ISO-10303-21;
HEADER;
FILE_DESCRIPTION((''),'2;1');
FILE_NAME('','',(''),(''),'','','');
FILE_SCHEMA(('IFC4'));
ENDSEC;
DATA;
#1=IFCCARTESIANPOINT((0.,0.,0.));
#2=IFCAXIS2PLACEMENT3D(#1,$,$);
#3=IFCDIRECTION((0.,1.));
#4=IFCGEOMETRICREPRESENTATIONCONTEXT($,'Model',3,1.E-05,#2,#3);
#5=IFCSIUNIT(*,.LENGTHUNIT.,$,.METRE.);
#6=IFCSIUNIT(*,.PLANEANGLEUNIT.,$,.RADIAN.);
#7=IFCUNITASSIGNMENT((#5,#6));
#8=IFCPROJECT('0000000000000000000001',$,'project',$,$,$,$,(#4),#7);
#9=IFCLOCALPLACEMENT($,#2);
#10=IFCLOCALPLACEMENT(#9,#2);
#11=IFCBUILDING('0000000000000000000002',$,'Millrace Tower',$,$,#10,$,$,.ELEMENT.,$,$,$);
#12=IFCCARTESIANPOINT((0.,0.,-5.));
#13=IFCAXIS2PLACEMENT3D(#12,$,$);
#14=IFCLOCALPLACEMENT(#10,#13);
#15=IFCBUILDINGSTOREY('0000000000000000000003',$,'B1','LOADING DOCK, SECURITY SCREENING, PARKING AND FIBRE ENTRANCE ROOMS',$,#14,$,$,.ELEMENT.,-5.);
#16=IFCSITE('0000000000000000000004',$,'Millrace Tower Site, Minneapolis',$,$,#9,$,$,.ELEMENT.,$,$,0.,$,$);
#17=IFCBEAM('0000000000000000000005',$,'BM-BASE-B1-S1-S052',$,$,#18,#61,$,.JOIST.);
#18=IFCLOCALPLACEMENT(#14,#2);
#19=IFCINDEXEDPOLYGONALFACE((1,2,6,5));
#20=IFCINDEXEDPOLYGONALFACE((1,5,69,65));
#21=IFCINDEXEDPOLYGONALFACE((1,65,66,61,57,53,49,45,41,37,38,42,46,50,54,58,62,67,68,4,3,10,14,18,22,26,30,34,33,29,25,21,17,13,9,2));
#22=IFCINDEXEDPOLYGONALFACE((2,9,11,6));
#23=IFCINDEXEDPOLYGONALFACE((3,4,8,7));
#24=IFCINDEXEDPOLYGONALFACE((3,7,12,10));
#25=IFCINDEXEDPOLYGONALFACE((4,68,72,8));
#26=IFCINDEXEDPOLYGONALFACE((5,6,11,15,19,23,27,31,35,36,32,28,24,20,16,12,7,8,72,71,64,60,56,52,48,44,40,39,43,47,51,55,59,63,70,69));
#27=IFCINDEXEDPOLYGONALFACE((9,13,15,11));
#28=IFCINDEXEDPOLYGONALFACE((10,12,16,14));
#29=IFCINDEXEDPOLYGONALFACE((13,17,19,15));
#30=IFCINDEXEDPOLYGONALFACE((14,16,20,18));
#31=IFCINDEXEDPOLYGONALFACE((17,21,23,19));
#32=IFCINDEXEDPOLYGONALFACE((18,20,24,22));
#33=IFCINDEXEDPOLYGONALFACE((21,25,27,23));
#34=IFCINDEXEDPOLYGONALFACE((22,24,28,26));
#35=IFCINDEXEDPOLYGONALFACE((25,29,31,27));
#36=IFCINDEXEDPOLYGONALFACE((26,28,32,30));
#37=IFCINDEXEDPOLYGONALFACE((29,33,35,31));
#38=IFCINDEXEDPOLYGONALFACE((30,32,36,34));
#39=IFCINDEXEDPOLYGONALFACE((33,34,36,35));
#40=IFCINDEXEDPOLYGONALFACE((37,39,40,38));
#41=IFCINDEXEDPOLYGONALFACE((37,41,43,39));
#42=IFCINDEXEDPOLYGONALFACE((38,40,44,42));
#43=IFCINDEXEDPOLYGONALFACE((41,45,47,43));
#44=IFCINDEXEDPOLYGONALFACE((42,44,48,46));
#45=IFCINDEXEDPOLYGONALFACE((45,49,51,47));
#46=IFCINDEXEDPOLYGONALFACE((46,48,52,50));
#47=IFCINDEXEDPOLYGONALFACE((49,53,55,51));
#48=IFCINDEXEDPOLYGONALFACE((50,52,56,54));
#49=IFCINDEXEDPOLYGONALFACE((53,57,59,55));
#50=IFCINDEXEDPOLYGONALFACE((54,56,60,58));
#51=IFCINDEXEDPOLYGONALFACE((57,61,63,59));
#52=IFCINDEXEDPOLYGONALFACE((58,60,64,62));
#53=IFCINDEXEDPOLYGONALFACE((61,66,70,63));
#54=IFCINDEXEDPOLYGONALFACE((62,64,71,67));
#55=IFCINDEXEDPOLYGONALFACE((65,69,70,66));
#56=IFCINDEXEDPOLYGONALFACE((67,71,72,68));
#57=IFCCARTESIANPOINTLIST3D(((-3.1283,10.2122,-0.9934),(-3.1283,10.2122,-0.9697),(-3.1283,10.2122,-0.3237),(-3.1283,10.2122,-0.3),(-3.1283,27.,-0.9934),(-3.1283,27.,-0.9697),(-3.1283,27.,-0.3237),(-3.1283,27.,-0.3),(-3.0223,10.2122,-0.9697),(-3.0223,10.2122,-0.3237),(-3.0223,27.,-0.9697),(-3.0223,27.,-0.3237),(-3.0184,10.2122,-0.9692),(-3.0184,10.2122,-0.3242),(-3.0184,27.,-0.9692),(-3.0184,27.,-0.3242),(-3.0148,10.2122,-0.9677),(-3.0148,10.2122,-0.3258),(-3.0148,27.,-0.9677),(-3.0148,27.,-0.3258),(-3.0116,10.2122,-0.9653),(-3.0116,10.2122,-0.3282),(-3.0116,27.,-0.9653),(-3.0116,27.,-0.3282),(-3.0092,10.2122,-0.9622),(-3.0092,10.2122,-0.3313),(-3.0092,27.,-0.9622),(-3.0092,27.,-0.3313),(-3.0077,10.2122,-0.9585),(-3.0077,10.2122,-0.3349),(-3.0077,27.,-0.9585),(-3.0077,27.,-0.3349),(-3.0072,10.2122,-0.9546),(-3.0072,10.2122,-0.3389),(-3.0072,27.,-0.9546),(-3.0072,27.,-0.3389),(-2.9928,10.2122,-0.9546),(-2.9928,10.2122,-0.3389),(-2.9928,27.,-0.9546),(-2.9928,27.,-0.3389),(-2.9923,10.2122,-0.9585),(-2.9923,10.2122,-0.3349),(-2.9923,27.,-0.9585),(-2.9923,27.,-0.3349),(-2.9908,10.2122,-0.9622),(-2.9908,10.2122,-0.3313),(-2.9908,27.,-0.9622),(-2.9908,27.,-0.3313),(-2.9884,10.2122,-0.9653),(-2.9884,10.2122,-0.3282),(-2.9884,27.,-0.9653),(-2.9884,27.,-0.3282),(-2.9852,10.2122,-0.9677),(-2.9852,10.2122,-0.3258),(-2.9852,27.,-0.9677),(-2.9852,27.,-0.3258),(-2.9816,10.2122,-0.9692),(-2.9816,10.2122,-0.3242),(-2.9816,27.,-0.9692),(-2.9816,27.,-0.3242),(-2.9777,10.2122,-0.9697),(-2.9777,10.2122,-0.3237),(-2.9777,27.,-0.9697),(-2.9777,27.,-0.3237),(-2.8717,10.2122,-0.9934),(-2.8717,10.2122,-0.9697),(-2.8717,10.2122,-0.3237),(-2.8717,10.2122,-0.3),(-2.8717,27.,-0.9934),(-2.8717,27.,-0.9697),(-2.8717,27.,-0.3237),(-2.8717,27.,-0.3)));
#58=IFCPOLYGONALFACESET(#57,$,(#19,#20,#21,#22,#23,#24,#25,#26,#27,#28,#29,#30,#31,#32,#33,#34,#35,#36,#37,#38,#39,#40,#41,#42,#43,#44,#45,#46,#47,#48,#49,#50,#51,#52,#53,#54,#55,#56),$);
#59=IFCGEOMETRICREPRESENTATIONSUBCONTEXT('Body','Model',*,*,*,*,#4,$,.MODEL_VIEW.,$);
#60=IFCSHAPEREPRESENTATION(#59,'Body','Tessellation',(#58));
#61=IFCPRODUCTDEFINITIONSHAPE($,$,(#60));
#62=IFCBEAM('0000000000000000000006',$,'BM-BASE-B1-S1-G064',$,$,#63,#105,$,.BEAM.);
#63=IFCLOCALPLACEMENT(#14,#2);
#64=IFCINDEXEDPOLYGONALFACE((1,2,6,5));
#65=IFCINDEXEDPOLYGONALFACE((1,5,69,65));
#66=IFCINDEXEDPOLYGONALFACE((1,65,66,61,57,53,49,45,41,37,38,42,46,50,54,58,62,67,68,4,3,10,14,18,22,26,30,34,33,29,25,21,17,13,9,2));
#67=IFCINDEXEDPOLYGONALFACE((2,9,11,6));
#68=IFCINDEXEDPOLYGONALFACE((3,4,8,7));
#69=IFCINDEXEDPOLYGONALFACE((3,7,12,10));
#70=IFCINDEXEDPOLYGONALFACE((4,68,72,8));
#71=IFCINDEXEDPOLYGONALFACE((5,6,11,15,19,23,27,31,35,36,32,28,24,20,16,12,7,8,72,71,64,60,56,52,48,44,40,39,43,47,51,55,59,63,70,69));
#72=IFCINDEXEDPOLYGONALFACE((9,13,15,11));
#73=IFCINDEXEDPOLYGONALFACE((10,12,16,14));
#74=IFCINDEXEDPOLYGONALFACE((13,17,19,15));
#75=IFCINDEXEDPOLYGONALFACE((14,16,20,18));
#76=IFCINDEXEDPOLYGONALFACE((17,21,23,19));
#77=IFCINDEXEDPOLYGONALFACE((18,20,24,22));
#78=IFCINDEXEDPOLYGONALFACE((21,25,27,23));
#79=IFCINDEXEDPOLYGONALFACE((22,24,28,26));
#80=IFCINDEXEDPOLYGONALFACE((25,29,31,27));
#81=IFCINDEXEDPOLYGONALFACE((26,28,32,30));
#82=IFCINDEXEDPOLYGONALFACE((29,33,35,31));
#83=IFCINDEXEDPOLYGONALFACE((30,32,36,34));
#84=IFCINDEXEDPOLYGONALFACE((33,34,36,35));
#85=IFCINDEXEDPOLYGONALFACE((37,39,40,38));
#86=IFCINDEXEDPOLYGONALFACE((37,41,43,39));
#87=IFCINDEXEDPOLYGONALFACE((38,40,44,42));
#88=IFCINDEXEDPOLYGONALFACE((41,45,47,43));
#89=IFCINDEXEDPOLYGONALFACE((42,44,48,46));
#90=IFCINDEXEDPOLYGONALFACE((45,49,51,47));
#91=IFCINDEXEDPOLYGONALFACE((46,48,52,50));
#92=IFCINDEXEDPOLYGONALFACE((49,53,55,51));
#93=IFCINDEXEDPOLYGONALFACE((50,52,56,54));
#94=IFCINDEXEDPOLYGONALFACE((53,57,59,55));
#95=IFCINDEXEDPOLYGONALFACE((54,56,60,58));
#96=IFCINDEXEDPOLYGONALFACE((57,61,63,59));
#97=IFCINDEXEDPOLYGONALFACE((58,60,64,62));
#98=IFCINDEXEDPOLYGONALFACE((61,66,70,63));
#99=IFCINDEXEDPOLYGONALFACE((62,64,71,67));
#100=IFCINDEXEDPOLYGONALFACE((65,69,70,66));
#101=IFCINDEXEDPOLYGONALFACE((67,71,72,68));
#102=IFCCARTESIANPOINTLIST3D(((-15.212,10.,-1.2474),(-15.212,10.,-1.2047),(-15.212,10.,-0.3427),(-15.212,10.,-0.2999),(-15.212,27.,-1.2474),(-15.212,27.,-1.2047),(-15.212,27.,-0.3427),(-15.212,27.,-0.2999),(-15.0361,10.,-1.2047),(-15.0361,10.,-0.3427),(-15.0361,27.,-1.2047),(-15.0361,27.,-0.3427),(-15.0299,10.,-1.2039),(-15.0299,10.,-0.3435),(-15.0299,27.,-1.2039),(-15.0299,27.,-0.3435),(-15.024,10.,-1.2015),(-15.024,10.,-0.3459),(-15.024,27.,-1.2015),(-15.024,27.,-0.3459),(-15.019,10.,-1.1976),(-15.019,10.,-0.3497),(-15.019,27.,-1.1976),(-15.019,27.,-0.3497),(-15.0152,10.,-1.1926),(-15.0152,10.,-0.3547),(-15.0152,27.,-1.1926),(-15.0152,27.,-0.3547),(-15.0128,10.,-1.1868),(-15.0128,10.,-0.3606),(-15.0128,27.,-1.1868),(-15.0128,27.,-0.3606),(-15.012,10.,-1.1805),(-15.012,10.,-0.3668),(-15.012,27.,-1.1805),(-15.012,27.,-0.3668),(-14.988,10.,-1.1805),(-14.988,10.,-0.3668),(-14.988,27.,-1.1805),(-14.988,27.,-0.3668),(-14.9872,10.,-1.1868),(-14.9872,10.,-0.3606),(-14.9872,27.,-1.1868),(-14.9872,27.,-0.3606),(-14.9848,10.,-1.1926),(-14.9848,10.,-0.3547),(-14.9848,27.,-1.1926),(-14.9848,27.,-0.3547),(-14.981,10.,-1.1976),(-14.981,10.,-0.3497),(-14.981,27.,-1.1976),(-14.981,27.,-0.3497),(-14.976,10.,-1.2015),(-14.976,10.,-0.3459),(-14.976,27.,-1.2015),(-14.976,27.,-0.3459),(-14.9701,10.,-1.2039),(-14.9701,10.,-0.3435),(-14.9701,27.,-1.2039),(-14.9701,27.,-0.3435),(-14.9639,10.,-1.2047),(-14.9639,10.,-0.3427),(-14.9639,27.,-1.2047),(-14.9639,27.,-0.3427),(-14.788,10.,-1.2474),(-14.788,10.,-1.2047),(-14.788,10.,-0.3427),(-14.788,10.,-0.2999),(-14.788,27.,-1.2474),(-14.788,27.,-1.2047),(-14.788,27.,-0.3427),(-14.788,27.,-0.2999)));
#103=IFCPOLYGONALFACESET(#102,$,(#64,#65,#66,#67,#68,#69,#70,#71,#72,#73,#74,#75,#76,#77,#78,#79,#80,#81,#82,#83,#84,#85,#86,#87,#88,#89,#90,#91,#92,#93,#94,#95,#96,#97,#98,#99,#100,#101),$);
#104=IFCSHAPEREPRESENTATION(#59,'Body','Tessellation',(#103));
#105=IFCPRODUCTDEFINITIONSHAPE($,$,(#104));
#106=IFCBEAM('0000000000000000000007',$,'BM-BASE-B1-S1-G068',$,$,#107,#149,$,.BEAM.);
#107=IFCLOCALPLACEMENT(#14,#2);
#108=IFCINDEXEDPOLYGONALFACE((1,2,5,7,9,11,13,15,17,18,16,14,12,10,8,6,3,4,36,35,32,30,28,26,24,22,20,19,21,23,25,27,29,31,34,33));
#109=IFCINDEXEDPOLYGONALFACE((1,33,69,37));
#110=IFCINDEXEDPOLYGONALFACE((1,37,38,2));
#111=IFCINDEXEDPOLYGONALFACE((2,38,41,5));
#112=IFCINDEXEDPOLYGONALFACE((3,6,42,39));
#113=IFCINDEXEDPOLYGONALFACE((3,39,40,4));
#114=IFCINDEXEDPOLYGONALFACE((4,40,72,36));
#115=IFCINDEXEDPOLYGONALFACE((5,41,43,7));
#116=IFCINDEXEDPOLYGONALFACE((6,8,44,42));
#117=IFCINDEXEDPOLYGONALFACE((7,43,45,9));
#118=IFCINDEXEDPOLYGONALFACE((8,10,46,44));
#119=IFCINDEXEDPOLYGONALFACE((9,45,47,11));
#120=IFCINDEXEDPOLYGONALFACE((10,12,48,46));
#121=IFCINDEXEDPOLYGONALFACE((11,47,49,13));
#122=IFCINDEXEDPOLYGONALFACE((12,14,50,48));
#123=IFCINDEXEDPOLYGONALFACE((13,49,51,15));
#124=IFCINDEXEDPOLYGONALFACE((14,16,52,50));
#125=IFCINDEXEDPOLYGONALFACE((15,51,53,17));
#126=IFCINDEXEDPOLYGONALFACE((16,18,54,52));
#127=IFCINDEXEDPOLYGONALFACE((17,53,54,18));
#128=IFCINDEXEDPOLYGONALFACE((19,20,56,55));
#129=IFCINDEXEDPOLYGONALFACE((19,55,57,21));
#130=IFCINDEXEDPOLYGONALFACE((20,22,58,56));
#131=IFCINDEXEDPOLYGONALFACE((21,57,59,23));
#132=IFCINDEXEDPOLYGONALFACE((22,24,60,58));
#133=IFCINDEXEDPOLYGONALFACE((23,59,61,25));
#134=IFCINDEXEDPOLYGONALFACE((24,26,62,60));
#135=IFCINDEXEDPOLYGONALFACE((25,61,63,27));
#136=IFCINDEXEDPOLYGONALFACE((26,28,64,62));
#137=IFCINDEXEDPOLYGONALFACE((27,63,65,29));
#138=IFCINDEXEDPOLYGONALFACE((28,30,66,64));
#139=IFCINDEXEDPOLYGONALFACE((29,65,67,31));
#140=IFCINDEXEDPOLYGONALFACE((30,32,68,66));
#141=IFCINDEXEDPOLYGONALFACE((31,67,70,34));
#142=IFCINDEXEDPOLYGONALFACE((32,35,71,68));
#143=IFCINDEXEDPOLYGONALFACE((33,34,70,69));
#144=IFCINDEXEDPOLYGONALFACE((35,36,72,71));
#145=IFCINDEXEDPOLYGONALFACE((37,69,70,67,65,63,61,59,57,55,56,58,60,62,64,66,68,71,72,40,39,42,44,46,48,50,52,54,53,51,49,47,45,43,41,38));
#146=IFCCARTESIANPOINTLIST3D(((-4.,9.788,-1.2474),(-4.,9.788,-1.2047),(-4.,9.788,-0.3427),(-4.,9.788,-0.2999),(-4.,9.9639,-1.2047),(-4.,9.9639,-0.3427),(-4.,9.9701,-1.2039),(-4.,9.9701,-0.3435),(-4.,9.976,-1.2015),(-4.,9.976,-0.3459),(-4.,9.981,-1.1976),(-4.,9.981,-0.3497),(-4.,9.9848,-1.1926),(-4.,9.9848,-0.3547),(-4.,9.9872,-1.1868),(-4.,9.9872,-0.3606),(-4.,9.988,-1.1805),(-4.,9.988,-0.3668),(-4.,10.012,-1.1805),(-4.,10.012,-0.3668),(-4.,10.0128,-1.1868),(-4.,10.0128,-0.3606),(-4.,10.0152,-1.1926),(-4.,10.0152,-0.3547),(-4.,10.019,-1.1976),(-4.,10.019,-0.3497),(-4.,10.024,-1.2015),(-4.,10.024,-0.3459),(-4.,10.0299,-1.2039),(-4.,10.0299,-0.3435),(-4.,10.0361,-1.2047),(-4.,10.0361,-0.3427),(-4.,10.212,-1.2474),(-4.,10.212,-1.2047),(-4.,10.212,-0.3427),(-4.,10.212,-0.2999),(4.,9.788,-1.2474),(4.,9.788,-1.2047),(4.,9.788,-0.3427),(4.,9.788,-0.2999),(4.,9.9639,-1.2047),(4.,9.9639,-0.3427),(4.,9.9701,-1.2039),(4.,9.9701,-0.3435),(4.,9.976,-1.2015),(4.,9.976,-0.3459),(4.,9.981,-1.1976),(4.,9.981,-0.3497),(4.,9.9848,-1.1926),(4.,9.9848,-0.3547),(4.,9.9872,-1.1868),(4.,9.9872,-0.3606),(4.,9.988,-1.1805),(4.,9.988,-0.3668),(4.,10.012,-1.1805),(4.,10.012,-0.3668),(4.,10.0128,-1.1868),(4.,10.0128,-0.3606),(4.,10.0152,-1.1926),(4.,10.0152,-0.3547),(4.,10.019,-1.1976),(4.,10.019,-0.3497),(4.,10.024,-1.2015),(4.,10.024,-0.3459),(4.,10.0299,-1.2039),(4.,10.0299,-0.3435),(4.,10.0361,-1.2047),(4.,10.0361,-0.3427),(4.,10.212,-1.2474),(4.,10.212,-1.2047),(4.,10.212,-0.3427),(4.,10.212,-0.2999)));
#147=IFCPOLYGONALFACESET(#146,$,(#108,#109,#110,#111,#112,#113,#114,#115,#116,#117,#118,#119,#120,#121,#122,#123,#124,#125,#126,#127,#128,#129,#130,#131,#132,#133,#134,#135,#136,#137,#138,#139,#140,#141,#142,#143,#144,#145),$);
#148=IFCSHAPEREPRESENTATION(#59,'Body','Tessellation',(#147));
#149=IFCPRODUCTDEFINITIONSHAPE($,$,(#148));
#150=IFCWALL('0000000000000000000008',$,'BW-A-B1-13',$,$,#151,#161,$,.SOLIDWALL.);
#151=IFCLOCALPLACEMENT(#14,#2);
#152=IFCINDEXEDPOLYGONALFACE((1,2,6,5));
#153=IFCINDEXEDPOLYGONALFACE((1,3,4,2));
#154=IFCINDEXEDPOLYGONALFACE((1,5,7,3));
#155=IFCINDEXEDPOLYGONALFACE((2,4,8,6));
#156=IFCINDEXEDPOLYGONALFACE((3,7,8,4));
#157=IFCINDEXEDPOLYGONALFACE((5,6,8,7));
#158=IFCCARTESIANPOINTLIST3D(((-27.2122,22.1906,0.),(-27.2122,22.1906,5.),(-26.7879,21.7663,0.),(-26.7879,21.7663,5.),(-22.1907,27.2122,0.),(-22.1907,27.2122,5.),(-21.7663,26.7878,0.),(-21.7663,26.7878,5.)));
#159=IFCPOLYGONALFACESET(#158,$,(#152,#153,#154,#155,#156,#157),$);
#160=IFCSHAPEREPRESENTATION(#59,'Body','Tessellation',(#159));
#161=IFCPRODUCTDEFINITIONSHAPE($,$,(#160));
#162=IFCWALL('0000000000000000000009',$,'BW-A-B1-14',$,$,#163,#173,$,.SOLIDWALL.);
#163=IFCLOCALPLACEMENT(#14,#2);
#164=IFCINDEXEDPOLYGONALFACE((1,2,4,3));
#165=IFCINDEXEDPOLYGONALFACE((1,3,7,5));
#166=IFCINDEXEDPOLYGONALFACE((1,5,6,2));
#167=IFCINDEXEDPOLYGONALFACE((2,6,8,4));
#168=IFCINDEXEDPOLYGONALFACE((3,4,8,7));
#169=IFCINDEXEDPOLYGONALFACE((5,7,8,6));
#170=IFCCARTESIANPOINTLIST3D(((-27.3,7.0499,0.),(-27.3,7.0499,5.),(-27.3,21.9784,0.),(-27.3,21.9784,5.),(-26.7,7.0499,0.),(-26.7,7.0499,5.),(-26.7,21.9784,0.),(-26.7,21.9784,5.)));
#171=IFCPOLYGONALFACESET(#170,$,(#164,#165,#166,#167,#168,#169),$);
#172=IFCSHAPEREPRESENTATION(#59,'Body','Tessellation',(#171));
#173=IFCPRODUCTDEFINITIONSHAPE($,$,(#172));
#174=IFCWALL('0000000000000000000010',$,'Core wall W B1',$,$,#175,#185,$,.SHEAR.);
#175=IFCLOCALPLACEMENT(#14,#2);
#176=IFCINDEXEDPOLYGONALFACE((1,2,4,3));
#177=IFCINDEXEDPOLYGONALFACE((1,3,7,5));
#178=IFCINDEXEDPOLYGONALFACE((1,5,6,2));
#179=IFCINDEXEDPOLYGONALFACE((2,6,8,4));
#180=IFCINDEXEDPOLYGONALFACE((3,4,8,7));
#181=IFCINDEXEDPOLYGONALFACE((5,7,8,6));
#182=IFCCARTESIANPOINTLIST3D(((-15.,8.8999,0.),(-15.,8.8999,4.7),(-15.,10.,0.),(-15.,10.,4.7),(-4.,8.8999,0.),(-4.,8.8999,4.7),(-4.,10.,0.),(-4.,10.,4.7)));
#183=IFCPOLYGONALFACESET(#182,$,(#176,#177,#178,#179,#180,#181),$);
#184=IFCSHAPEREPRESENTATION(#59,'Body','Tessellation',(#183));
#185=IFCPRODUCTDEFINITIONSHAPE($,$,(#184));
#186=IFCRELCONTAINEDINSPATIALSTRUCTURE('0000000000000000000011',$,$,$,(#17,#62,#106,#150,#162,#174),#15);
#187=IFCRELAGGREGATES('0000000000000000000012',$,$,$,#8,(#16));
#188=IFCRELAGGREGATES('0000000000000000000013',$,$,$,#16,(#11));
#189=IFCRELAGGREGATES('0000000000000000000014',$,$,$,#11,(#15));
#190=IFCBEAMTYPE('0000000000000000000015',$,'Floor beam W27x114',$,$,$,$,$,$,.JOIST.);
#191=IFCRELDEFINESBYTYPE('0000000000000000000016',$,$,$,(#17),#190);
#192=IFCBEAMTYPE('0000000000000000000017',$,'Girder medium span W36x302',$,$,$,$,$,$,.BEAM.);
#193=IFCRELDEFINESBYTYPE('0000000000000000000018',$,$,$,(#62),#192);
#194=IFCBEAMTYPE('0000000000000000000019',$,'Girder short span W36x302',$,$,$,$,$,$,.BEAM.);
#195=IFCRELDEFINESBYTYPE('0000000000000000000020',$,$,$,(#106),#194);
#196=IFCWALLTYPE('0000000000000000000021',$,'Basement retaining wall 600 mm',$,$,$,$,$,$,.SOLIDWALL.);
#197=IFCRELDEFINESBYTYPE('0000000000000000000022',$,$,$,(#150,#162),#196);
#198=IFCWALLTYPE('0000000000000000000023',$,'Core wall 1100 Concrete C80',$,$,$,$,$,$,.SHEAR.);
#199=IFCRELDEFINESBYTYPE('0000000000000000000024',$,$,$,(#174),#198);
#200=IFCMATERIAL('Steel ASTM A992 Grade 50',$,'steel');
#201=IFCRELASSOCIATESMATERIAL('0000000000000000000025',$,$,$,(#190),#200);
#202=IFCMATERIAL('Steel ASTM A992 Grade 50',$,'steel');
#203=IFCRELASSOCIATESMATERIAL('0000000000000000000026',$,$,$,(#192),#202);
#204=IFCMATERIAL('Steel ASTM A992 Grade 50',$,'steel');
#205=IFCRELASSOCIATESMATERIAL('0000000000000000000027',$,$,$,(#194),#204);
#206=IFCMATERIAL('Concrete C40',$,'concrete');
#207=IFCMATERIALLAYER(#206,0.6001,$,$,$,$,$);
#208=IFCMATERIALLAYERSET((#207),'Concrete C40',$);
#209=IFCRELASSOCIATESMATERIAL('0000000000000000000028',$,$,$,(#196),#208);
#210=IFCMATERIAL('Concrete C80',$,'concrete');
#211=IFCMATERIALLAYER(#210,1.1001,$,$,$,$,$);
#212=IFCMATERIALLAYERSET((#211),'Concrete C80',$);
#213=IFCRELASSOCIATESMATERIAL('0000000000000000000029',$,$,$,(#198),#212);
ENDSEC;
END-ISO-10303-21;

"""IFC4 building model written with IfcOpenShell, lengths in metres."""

from ifc_helpers import new_model, si_unit, direction, frame, frame_2d, origin, origin_2d, place, context, subcontext, project, spatial, rectangle, i_section, extrude, material, layer, layer_set, material_profile, profile_set, type_object, element, save


model = new_model("IFC4")

# Units and contexts
model_context = context("Model", 3, precision=1e-05, world=origin(), true_north=direction((0.0, 1.0)))
body_context = subcontext(model_context, "Body", "Model", "MODEL_VIEW")
ifc_project = project(units=[si_unit("LENGTHUNIT", "METRE"), si_unit("PLANEANGLEUNIT", "RADIAN")], contexts=[model_context])

# Site, building, storey
site_placement = place(None, origin())
site = spatial("IfcSite", under=ifc_project, at=site_placement, Name="Millrace Tower Site, Minneapolis", CompositionType="ELEMENT", RefElevation=0.0)
building_placement = place(site_placement, origin())
building = spatial("IfcBuilding", under=site, at=building_placement, Name="Millrace Tower", CompositionType="ELEMENT")
storey_placement = place(building_placement, frame((0.0, 0.0, -5.0)))
storey = spatial("IfcBuildingStorey", under=building, at=storey_placement, Name="B1", Description="LOADING DOCK, SECURITY SCREENING, PARKING AND FIBRE ENTRANCE ROOMS", CompositionType="ELEMENT", Elevation=-5.0)

# Beams
ifc_material_1 = material(Name="Steel ASTM A992 Grade 50", Category="steel")
ifc_material_profile_1 = material_profile(ifc_material_1, i_section(OverallWidth=0.2566, OverallDepth=0.6934, WebThickness=0.0144, FlangeThickness=0.0237, FilletRadius=0.0151, at=origin_2d()))
ifc_profile_set_1 = profile_set([ifc_material_profile_1], Name="Steel ASTM A992 Grade 50")
beam_type_1 = type_object("IfcBeamType", Name="Floor beam W27x114", PredefinedType="JOIST", material=ifc_profile_set_1)
beam_1_placement = place(storey_placement, frame((-3.0, 10.2122, -0.6467), z_axis=(0.0, 1.0, 0.0), x_axis=(-1.0, 0.0, 0.0)))
element("IfcBeam", 1, at=beam_1_placement, inside=storey, type_object=beam_type_1, Name="BM-BASE-B1-S1-S052", PredefinedType="JOIST", context=body_context, shape_type="SweptSolid", body=[
    extrude(i_section(OverallWidth=0.2566, OverallDepth=0.6934, WebThickness=0.0144, FlangeThickness=0.0237, FilletRadius=0.0151, at=origin_2d()), origin(), (0.0, 0.0, 1.0), 16.7878),
])
ifc_material_2 = material(Name="Steel ASTM A992 Grade 50", Category="steel")
ifc_material_profile_2 = material_profile(ifc_material_2, i_section(OverallWidth=0.4241, OverallDepth=0.9475, WebThickness=0.0239, FlangeThickness=0.0427, FilletRadius=0.0242, at=origin_2d()))
ifc_profile_set_2 = profile_set([ifc_material_profile_2], Name="Steel ASTM A992 Grade 50")
beam_type_2 = type_object("IfcBeamType", Name="Girder medium span W36x302", PredefinedType="BEAM", material=ifc_profile_set_2)
beam_2_placement = place(storey_placement, frame((-15.0, 10.0, -0.7737), z_axis=(0.0, 1.0, 0.0), x_axis=(-1.0, 0.0, 0.0)))
element("IfcBeam", 2, at=beam_2_placement, inside=storey, type_object=beam_type_2, Name="BM-BASE-B1-S1-G064", PredefinedType="BEAM", context=body_context, shape_type="SweptSolid", body=[
    extrude(i_section(OverallWidth=0.4241, OverallDepth=0.9475, WebThickness=0.0239, FlangeThickness=0.0427, FilletRadius=0.0242, at=origin_2d()), origin(), (0.0, 0.0, 1.0), 17.0),
])
ifc_material_3 = material(Name="Steel ASTM A992 Grade 50", Category="steel")
ifc_material_profile_3 = material_profile(ifc_material_3, i_section(OverallWidth=0.4241, OverallDepth=0.9475, WebThickness=0.0239, FlangeThickness=0.0427, FilletRadius=0.0242, at=origin_2d()))
ifc_profile_set_3 = profile_set([ifc_material_profile_3], Name="Steel ASTM A992 Grade 50")
beam_type_3 = type_object("IfcBeamType", Name="Girder short span W36x302", PredefinedType="BEAM", material=ifc_profile_set_3)
beam_3_placement = place(storey_placement, frame((-4.0, 10.0, -0.7737), z_axis=(1.0, 0.0, 0.0), x_axis=(0.0, 1.0, 0.0)))
element("IfcBeam", 3, at=beam_3_placement, inside=storey, type_object=beam_type_3, Name="BM-BASE-B1-S1-G068", PredefinedType="BEAM", context=body_context, shape_type="SweptSolid", body=[
    extrude(i_section(OverallWidth=0.4241, OverallDepth=0.9475, WebThickness=0.0239, FlangeThickness=0.0427, FilletRadius=0.0242, at=origin_2d()), origin(), (0.0, 0.0, 1.0), 8.0),
])

# Walls
ifc_material_4 = material(Name="Concrete C40", Category="concrete")
ifc_layer_1 = layer(ifc_material_4, 0.6001)
ifc_layer_set_1 = layer_set([ifc_layer_1], Name="Concrete C40")
wall_type_1 = type_object("IfcWallType", Name="Basement retaining wall 600 mm", PredefinedType="SOLIDWALL", material=ifc_layer_set_1)
wall_1_placement = place(storey_placement, frame((-21.9785, 27.0, 0.0), z_axis=(0.0, 0.0, 1.0), x_axis=(-0.707107, -0.707107, 0.0)))
element("IfcWall", 4, at=wall_1_placement, inside=storey, type_object=wall_type_1, Name="BW-A-B1-13", PredefinedType="SOLIDWALL", context=body_context, shape_type="SweptSolid", body=[
    extrude(rectangle(XDim=7.1016, YDim=0.6001, at=frame_2d((3.5508, 0.0))), origin(), (0.0, 0.0, 1.0), 5.0),
])
wall_2_placement = place(storey_placement, frame((-27.0, 21.9785, 0.0), z_axis=(0.0, 0.0, 1.0), x_axis=(0.0, -1.0, 0.0)))
element("IfcWall", 5, at=wall_2_placement, inside=storey, type_object=wall_type_1, Name="BW-A-B1-14", PredefinedType="SOLIDWALL", context=body_context, shape_type="SweptSolid", body=[
    extrude(rectangle(XDim=14.9285, YDim=0.6001, at=frame_2d((7.4644, 0.0))), origin(), (0.0, 0.0, 1.0), 5.0),
])
ifc_material_5 = material(Name="Concrete C80", Category="concrete")
ifc_layer_2 = layer(ifc_material_5, 1.1001)
ifc_layer_set_2 = layer_set([ifc_layer_2], Name="Concrete C80")
wall_type_2 = type_object("IfcWallType", Name="Core wall 1100 Concrete C80", PredefinedType="SHEAR", material=ifc_layer_set_2)
wall_3_placement = place(storey_placement, frame((-15.0, 9.45, 0.0), z_axis=(0.0, 0.0, 1.0), x_axis=(1.0, 0.0, 0.0)))
element("IfcWall", 6, at=wall_3_placement, inside=storey, type_object=wall_type_2, Name="Core wall W B1", PredefinedType="SHEAR", context=body_context, shape_type="SweptSolid", body=[
    extrude(rectangle(XDim=11.0, YDim=1.1001, at=frame_2d((5.5, 0.0))), origin(), (0.0, 0.0, 1.0), 4.7),
])

save(model, "model.ifc")
